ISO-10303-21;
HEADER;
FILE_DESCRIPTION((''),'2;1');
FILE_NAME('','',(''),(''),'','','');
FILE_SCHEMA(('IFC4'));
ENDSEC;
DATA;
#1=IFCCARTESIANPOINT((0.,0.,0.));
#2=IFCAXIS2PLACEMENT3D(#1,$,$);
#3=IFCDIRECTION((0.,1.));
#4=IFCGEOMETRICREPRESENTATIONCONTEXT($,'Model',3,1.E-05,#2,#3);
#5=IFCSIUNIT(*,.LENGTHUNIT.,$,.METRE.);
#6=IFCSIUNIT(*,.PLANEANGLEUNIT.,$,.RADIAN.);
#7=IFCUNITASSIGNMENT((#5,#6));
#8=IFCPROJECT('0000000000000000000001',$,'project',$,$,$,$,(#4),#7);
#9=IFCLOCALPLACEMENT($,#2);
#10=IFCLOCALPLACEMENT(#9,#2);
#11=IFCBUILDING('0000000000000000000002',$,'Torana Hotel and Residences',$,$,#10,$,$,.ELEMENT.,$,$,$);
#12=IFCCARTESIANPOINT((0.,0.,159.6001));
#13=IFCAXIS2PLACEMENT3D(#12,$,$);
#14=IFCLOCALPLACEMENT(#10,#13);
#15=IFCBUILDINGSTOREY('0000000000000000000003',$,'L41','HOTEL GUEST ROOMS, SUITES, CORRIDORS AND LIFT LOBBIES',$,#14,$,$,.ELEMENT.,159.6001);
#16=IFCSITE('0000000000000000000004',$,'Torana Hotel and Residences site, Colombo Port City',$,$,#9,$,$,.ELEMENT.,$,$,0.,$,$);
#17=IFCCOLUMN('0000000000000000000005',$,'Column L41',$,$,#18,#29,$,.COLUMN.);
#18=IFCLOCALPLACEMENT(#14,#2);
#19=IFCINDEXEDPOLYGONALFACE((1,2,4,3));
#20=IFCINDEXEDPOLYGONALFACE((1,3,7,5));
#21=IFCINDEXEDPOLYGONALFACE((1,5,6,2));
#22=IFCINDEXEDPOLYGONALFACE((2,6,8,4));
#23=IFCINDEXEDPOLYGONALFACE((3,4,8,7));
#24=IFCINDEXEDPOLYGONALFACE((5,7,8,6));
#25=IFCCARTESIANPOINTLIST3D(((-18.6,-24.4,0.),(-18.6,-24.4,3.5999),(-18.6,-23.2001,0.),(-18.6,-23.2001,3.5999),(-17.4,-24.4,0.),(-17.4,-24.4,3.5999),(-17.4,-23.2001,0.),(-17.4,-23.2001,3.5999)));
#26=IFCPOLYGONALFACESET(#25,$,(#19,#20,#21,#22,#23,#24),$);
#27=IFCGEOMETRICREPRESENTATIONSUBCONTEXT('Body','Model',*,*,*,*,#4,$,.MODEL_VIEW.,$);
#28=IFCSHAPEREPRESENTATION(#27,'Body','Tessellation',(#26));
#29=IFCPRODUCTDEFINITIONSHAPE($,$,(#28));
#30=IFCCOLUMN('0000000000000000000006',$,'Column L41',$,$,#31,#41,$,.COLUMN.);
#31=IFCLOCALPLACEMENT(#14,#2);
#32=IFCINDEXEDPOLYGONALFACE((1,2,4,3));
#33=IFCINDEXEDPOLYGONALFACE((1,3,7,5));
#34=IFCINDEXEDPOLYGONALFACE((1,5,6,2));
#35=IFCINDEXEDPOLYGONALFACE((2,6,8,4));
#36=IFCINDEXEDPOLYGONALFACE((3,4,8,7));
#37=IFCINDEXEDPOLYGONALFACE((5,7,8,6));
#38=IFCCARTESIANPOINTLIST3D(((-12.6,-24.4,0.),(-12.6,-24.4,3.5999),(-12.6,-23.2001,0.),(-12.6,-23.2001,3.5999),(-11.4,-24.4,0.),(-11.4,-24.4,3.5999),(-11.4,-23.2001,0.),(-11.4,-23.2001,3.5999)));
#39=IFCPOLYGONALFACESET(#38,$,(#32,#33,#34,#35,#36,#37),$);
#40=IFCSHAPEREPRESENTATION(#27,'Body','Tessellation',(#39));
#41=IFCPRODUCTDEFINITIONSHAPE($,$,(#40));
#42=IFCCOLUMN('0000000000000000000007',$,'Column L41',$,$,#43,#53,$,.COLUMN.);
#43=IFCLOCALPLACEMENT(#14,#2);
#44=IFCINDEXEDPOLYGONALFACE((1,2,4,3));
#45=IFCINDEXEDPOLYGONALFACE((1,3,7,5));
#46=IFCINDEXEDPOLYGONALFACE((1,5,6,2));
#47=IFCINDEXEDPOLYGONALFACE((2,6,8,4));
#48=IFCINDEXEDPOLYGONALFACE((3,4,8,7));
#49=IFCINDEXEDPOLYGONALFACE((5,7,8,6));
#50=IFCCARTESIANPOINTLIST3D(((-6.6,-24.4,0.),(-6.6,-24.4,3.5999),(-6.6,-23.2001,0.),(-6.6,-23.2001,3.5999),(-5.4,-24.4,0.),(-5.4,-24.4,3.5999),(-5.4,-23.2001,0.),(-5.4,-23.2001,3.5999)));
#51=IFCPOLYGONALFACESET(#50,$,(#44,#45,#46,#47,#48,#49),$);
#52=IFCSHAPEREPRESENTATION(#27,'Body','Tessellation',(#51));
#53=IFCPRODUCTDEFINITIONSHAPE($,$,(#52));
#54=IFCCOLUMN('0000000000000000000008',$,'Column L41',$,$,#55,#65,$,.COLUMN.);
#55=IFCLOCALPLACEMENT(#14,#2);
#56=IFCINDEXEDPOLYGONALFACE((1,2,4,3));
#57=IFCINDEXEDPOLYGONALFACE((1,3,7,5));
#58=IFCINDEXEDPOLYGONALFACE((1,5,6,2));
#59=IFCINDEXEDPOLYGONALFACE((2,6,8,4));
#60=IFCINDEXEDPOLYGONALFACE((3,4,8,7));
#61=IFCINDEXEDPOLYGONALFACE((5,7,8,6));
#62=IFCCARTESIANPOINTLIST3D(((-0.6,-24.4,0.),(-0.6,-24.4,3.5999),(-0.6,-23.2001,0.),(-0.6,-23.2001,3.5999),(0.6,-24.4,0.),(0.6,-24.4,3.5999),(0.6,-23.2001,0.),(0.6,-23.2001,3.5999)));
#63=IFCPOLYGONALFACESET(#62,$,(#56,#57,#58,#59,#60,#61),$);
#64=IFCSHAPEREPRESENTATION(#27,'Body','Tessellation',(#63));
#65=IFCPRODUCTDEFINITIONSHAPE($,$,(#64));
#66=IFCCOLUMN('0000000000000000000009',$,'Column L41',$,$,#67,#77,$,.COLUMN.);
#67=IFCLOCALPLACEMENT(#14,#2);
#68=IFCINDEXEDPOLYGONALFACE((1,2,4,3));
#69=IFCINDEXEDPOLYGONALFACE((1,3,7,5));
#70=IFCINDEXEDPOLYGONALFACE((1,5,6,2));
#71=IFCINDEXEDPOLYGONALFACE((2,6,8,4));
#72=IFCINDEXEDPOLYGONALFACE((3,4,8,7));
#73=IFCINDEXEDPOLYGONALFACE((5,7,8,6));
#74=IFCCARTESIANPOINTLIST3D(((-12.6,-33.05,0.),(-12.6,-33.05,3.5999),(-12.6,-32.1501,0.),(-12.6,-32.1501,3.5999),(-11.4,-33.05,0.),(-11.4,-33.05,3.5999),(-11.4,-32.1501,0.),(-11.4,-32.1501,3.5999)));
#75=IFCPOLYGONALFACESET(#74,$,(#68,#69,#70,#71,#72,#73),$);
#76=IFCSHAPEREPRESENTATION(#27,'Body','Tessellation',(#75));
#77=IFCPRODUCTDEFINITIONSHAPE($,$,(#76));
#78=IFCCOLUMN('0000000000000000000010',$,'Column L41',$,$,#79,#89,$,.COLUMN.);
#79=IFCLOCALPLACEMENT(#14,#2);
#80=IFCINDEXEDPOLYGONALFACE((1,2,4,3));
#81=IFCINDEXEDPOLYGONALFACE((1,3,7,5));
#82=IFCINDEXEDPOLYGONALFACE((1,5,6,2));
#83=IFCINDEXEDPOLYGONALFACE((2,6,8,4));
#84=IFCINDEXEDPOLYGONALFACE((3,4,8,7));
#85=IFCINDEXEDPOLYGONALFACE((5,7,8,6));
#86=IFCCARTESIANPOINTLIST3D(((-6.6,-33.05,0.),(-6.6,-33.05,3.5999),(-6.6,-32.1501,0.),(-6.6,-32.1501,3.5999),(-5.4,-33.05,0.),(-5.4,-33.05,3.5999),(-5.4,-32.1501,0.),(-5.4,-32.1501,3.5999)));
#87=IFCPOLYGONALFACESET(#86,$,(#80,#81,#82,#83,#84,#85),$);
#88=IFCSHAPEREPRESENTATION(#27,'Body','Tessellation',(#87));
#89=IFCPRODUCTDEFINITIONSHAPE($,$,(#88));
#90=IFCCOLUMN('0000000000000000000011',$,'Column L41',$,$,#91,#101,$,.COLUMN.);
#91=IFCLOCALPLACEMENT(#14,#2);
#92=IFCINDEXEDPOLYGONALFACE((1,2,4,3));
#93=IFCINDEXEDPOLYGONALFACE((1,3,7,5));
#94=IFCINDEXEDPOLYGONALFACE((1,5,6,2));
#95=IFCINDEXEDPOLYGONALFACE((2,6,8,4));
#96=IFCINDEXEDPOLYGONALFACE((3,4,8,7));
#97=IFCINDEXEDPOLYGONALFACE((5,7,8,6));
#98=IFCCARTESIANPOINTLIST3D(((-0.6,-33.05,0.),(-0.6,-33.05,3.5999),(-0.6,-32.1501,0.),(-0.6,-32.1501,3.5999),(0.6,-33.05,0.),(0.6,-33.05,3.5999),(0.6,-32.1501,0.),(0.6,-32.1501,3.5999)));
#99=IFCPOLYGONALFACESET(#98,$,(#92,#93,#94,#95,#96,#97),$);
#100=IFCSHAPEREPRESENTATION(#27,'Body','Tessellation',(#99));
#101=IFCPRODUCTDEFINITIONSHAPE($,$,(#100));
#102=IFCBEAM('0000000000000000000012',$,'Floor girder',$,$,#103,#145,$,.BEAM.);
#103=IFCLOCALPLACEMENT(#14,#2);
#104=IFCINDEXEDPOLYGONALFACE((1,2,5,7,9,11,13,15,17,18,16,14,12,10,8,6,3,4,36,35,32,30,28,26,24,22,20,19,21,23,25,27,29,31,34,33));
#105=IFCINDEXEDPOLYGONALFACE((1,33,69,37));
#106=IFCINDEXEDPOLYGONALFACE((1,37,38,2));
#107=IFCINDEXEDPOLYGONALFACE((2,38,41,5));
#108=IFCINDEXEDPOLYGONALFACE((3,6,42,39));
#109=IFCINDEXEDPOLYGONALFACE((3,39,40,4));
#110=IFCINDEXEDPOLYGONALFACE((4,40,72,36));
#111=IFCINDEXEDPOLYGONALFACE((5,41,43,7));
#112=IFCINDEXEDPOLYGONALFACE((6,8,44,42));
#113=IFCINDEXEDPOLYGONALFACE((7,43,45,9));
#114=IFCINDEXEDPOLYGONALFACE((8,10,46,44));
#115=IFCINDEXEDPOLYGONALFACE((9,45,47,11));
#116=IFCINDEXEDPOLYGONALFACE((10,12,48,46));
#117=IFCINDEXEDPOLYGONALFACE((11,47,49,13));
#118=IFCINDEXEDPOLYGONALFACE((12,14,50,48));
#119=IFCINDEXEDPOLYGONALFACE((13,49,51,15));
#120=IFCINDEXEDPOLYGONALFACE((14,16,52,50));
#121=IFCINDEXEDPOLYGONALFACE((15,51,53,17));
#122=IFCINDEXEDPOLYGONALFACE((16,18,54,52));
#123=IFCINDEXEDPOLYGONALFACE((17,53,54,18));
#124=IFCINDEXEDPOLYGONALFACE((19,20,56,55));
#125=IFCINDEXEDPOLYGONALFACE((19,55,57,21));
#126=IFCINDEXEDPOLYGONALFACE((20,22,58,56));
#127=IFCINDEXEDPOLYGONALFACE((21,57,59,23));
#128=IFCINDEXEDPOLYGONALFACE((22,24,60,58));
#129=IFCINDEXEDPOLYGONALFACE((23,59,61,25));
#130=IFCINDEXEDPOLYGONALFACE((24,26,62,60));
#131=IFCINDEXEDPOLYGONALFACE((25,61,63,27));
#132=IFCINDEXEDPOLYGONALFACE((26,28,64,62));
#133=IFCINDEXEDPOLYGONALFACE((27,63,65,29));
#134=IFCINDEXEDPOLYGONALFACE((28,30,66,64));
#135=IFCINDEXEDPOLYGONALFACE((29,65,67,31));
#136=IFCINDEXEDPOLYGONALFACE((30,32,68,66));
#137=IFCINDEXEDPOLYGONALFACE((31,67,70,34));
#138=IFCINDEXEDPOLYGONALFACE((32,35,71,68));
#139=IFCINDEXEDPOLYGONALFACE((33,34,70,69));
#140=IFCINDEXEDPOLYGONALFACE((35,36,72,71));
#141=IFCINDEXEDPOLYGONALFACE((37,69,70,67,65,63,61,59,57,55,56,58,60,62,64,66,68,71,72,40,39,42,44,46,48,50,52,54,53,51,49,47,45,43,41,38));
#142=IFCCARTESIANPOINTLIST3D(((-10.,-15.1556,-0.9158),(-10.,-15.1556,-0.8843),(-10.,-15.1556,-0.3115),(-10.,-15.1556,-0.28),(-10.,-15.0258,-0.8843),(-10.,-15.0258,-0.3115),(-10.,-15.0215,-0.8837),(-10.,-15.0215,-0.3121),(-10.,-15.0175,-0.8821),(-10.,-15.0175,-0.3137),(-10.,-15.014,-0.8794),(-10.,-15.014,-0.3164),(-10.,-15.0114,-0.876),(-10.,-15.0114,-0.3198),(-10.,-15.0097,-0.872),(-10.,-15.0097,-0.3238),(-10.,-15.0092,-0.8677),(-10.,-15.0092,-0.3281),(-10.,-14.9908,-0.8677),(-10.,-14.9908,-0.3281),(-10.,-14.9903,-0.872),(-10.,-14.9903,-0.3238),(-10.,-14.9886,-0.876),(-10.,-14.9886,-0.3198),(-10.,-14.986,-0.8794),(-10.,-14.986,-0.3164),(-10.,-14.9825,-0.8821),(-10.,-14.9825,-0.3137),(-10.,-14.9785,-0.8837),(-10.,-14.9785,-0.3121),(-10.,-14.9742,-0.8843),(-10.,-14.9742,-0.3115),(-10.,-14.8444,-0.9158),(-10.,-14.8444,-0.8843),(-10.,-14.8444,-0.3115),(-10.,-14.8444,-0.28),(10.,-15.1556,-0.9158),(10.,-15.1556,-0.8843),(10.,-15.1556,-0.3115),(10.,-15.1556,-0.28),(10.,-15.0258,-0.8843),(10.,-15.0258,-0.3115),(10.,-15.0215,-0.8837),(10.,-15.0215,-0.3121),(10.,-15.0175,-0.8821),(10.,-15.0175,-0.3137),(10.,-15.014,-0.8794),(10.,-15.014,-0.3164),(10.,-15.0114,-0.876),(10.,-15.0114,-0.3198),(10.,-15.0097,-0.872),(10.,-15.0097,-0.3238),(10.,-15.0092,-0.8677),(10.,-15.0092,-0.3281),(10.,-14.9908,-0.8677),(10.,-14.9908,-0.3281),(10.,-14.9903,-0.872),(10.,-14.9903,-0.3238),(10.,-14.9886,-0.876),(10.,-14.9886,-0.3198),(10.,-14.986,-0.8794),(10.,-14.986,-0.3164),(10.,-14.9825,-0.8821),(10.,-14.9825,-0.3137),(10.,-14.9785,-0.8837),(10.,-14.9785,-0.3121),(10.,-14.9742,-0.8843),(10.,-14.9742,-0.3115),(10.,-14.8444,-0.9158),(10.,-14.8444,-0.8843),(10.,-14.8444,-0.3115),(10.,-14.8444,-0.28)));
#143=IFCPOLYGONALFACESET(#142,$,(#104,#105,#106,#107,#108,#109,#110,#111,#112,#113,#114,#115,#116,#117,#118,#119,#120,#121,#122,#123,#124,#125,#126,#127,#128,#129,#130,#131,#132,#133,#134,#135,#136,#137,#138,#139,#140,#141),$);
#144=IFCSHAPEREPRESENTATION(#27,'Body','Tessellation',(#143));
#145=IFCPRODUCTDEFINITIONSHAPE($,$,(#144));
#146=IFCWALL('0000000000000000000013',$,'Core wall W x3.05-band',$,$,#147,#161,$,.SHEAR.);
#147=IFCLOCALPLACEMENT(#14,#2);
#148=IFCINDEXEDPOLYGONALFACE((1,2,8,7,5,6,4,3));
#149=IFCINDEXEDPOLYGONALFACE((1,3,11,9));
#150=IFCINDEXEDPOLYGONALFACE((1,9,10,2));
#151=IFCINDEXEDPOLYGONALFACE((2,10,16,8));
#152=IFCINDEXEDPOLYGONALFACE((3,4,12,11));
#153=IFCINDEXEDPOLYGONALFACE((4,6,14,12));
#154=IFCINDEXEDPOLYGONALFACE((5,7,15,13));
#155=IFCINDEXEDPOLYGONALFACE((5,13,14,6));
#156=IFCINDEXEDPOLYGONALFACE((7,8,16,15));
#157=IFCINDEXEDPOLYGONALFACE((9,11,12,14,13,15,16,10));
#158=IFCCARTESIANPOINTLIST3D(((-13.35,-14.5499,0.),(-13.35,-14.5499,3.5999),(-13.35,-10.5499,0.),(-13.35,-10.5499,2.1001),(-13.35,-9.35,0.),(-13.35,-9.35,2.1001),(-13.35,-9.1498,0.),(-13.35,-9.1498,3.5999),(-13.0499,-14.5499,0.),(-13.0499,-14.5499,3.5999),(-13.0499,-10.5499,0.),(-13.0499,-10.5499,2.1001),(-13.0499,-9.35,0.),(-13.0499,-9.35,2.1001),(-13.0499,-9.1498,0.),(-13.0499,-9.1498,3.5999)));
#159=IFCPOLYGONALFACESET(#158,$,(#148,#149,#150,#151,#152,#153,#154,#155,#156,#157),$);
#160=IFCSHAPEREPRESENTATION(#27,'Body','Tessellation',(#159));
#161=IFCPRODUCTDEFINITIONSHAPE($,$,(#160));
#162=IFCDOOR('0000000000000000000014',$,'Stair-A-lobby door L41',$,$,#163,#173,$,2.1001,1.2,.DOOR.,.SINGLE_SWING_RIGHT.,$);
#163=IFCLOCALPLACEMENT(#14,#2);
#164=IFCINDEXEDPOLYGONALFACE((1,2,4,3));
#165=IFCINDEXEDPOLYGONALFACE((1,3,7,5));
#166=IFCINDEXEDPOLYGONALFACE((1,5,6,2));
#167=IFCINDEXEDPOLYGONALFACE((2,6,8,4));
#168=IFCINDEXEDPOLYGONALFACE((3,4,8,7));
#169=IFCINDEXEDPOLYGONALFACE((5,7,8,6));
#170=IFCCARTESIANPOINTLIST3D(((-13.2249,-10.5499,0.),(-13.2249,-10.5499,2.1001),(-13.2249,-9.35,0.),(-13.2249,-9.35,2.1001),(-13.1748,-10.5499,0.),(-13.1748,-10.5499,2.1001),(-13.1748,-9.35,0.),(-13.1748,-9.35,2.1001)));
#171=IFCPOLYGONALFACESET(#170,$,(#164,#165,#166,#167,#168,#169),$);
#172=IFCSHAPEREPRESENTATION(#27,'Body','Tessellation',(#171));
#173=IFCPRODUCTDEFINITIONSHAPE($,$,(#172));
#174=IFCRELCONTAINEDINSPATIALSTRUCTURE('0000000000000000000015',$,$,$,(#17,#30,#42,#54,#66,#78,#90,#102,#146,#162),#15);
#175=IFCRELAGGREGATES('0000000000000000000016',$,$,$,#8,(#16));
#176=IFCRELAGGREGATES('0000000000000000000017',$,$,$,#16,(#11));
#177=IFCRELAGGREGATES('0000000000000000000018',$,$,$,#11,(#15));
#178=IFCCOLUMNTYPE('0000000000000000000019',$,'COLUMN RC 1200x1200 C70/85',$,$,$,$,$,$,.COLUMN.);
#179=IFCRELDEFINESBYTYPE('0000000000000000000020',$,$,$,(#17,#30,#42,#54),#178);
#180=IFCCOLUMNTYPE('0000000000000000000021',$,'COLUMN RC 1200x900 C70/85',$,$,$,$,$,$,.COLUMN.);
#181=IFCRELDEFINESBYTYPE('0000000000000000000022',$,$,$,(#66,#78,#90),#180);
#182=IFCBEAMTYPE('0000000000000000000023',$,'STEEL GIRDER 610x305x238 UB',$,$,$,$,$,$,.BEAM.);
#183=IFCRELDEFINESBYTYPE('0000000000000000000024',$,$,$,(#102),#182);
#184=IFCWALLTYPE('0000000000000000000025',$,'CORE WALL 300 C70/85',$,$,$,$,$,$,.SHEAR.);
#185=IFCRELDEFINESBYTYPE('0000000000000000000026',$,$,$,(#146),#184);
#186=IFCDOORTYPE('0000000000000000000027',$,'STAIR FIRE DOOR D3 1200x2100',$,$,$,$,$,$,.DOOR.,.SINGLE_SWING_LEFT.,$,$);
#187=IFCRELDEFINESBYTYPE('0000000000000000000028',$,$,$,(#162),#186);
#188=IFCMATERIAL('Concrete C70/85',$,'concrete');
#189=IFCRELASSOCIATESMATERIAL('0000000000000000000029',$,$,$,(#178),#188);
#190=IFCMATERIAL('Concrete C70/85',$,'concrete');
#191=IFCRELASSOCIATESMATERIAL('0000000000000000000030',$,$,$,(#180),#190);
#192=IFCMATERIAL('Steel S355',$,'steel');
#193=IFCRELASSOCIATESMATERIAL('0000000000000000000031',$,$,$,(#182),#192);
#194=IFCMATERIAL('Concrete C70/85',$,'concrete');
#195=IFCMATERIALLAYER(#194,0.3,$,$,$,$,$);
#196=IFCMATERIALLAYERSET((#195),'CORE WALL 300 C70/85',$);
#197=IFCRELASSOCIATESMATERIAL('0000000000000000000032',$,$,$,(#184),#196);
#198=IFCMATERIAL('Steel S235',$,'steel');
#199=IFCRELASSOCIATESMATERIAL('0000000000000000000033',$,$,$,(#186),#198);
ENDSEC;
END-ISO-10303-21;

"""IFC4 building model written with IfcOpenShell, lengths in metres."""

from ifc_helpers import new_model, si_unit, direction, frame, frame_2d, origin, origin_2d, place, context, subcontext, project, spatial, rectangle, i_section, extrude, material, layer, layer_set, material_profile, profile_set, type_object, element, fill, save


model = new_model("IFC4")

# Units and contexts
model_context = context("Model", 3, precision=1e-05, world=origin(), true_north=direction((0.0, 1.0)))
body_context = subcontext(model_context, "Body", "Model", "MODEL_VIEW")
ifc_project = project(units=[si_unit("LENGTHUNIT", "METRE"), si_unit("PLANEANGLEUNIT", "RADIAN")], contexts=[model_context])

# Site, building, storey
site_placement = place(None, origin())
site = spatial("IfcSite", under=ifc_project, at=site_placement, Name="Torana Hotel and Residences site, Colombo Port City", CompositionType="ELEMENT", RefElevation=0.0)
building_placement = place(site_placement, origin())
building = spatial("IfcBuilding", under=site, at=building_placement, Name="Torana Hotel and Residences", CompositionType="ELEMENT")
storey_placement = place(building_placement, frame((0.0, 0.0, 159.6001)))
storey = spatial("IfcBuildingStorey", under=building, at=storey_placement, Name="L41", Description="HOTEL GUEST ROOMS, SUITES, CORRIDORS AND LIFT LOBBIES", CompositionType="ELEMENT", Elevation=159.6001)

# Columns
ifc_material_1 = material(Name="Concrete C70/85", Category="concrete")
ifc_material_profile_1 = material_profile(ifc_material_1, rectangle(XDim=1.2, YDim=1.2, at=origin_2d()), Name="RC 1200x1200")
ifc_profile_set_1 = profile_set([ifc_material_profile_1], Name="Concrete C70/85")
column_type_1 = type_object("IfcColumnType", Name="COLUMN RC 1200x1200 C70/85", PredefinedType="COLUMN", material=ifc_profile_set_1)
for number, where, z_axis, x_axis, name in (
    (1, (-18.0, -23.8, 0.0), (0.0, 0.0, 1.0), (1.0, 0.0, 0.0), "Column L41"),
    (2, (-12.0, -23.8, 0.0), (0.0, 0.0, 1.0), (1.0, 0.0, 0.0), "Column L41"),
    (3, (-6.0, -23.8, 0.0), (0.0, 0.0, 1.0), (1.0, 0.0, 0.0), "Column L41"),
    (4, (0.0, -23.8, 0.0), (0.0, 0.0, 1.0), (1.0, 0.0, 0.0), "Column L41"),
):
    element("IfcColumn", number, at=place(storey_placement, frame(where, z_axis=z_axis, x_axis=x_axis)), inside=storey, type_object=column_type_1, Name=name, PredefinedType="COLUMN", context=body_context, shape_type="SweptSolid", body=[
        extrude(rectangle(XDim=1.2, YDim=1.2, at=origin_2d()), origin(), (0.0, 0.0, 1.0), 3.5999),
    ])
ifc_material_2 = material(Name="Concrete C70/85", Category="concrete")
ifc_material_profile_2 = material_profile(ifc_material_2, rectangle(XDim=1.2, YDim=0.8999, at=origin_2d()), Name="RC 1200x900")
ifc_profile_set_2 = profile_set([ifc_material_profile_2], Name="Concrete C70/85")
column_type_2 = type_object("IfcColumnType", Name="COLUMN RC 1200x900 C70/85", PredefinedType="COLUMN", material=ifc_profile_set_2)
for number, where, z_axis, x_axis, name in (
    (5, (-12.0, -32.6001, 0.0), (0.0, 0.0, 1.0), (1.0, 0.0, 0.0), "Column L41"),
    (6, (-6.0, -32.6001, 0.0), (0.0, 0.0, 1.0), (1.0, 0.0, 0.0), "Column L41"),
    (7, (0.0, -32.6001, 0.0), (0.0, 0.0, 1.0), (1.0, 0.0, 0.0), "Column L41"),
):
    element("IfcColumn", number, at=place(storey_placement, frame(where, z_axis=z_axis, x_axis=x_axis)), inside=storey, type_object=column_type_2, Name=name, PredefinedType="COLUMN", context=body_context, shape_type="SweptSolid", body=[
        extrude(rectangle(XDim=1.2, YDim=0.8999, at=origin_2d()), origin(), (0.0, 0.0, 1.0), 3.5999),
    ])

# Beam
ifc_material_3 = material(Name="Steel S355", Category="steel")
ifc_material_profile_3 = material_profile(ifc_material_3, i_section(OverallWidth=0.3113, OverallDepth=0.6357, WebThickness=0.0183, FlangeThickness=0.0315, FilletRadius=0.0166, at=origin_2d()), Name="610x305x238 UB")
ifc_profile_set_3 = profile_set([ifc_material_profile_3], Name="Steel S355")
beam_type = type_object("IfcBeamType", Name="STEEL GIRDER 610x305x238 UB", PredefinedType="BEAM", material=ifc_profile_set_3)
beam_placement = place(storey_placement, frame((-10.0, -15.0, -0.5979), z_axis=(1.0, 0.0, 0.0), x_axis=(0.0, 1.0, 0.0)))
element("IfcBeam", 8, at=beam_placement, inside=storey, type_object=beam_type, Name="Floor girder", PredefinedType="BEAM", context=body_context, shape_type="SweptSolid", body=[
    extrude(i_section(OverallWidth=0.3113, OverallDepth=0.6357, WebThickness=0.0183, FlangeThickness=0.0315, FilletRadius=0.0166, at=origin_2d()), origin(), (0.0, 0.0, 1.0), 20.0),
])

# Wall, opening, door
ifc_material_4 = material(Name="Concrete C70/85", Category="concrete")
ifc_layer_1 = layer(ifc_material_4, 0.3)
ifc_layer_set_1 = layer_set([ifc_layer_1], Name="CORE WALL 300 C70/85")
wall_type_1 = type_object("IfcWallType", Name="CORE WALL 300 C70/85", PredefinedType="SHEAR", material=ifc_layer_set_1)
wall_1_placement = place(storey_placement, frame((-13.2, -14.55, 0.0), z_axis=(0.0, 0.0, 1.0), x_axis=(0.0, 1.0, 0.0)))
wall_1 = element("IfcWall", 9, at=wall_1_placement, inside=storey, type_object=wall_type_1, Name="Core wall W x3.05-band", PredefinedType="SHEAR", context=body_context, shape_type="SweptSolid", body=[
    extrude(rectangle(XDim=5.4001, YDim=0.3, at=frame_2d((2.7002, 0.0))), origin(), (0.0, 0.0, 1.0), 3.5999),
])
opening_1_placement = place(wall_1_placement, frame((4.0, 0.0, 0.0)))
opening_1 = element("IfcOpeningElement", 10, at=opening_1_placement, cuts=wall_1, PredefinedType="OPENING", context=body_context, shape_type="SweptSolid", body=[
    extrude(rectangle(XDim=1.2, YDim=2.1001, at=frame_2d((0.6001, 1.05))), frame((0.0, 0.1599, 0.0), z_axis=(0.0, -1.0, 0.0), x_axis=(1.0, 0.0, 0.0)), (0.0, 0.0, 1.0), 0.3201),
])
ifc_material_5 = material(Name="Steel S235", Category="steel")
door_type_1 = type_object("IfcDoorType", Name="STAIR FIRE DOOR D3 1200x2100", OperationType="SINGLE_SWING_LEFT", PredefinedType="DOOR", material=ifc_material_5)
door_1_placement = place(opening_1_placement, frame((0.6001, 0.0, 0.0), z_axis=(0.0, 0.0, 1.0), x_axis=(-1.0, 0.0, 0.0)))
door_1 = element("IfcDoor", 11, at=door_1_placement, inside=storey, type_object=door_type_1, Name="Stair-A-lobby door L41", OperationType="SINGLE_SWING_RIGHT", OverallHeight=2.1001, OverallWidth=1.2, PredefinedType="DOOR", context=body_context, shape_type="SweptSolid", body=[
    extrude(rectangle(XDim=1.2, YDim=2.1001, at=frame_2d((0.0, 1.05))), frame((0.0, -0.0249, 0.0), z_axis=(0.0, 1.0, 0.0), x_axis=(-1.0, 0.0, 0.0)), (0.0, 0.0, 1.0), 0.05),
])
fill(opening_1, door_1)

save(model, "model.ifc")
